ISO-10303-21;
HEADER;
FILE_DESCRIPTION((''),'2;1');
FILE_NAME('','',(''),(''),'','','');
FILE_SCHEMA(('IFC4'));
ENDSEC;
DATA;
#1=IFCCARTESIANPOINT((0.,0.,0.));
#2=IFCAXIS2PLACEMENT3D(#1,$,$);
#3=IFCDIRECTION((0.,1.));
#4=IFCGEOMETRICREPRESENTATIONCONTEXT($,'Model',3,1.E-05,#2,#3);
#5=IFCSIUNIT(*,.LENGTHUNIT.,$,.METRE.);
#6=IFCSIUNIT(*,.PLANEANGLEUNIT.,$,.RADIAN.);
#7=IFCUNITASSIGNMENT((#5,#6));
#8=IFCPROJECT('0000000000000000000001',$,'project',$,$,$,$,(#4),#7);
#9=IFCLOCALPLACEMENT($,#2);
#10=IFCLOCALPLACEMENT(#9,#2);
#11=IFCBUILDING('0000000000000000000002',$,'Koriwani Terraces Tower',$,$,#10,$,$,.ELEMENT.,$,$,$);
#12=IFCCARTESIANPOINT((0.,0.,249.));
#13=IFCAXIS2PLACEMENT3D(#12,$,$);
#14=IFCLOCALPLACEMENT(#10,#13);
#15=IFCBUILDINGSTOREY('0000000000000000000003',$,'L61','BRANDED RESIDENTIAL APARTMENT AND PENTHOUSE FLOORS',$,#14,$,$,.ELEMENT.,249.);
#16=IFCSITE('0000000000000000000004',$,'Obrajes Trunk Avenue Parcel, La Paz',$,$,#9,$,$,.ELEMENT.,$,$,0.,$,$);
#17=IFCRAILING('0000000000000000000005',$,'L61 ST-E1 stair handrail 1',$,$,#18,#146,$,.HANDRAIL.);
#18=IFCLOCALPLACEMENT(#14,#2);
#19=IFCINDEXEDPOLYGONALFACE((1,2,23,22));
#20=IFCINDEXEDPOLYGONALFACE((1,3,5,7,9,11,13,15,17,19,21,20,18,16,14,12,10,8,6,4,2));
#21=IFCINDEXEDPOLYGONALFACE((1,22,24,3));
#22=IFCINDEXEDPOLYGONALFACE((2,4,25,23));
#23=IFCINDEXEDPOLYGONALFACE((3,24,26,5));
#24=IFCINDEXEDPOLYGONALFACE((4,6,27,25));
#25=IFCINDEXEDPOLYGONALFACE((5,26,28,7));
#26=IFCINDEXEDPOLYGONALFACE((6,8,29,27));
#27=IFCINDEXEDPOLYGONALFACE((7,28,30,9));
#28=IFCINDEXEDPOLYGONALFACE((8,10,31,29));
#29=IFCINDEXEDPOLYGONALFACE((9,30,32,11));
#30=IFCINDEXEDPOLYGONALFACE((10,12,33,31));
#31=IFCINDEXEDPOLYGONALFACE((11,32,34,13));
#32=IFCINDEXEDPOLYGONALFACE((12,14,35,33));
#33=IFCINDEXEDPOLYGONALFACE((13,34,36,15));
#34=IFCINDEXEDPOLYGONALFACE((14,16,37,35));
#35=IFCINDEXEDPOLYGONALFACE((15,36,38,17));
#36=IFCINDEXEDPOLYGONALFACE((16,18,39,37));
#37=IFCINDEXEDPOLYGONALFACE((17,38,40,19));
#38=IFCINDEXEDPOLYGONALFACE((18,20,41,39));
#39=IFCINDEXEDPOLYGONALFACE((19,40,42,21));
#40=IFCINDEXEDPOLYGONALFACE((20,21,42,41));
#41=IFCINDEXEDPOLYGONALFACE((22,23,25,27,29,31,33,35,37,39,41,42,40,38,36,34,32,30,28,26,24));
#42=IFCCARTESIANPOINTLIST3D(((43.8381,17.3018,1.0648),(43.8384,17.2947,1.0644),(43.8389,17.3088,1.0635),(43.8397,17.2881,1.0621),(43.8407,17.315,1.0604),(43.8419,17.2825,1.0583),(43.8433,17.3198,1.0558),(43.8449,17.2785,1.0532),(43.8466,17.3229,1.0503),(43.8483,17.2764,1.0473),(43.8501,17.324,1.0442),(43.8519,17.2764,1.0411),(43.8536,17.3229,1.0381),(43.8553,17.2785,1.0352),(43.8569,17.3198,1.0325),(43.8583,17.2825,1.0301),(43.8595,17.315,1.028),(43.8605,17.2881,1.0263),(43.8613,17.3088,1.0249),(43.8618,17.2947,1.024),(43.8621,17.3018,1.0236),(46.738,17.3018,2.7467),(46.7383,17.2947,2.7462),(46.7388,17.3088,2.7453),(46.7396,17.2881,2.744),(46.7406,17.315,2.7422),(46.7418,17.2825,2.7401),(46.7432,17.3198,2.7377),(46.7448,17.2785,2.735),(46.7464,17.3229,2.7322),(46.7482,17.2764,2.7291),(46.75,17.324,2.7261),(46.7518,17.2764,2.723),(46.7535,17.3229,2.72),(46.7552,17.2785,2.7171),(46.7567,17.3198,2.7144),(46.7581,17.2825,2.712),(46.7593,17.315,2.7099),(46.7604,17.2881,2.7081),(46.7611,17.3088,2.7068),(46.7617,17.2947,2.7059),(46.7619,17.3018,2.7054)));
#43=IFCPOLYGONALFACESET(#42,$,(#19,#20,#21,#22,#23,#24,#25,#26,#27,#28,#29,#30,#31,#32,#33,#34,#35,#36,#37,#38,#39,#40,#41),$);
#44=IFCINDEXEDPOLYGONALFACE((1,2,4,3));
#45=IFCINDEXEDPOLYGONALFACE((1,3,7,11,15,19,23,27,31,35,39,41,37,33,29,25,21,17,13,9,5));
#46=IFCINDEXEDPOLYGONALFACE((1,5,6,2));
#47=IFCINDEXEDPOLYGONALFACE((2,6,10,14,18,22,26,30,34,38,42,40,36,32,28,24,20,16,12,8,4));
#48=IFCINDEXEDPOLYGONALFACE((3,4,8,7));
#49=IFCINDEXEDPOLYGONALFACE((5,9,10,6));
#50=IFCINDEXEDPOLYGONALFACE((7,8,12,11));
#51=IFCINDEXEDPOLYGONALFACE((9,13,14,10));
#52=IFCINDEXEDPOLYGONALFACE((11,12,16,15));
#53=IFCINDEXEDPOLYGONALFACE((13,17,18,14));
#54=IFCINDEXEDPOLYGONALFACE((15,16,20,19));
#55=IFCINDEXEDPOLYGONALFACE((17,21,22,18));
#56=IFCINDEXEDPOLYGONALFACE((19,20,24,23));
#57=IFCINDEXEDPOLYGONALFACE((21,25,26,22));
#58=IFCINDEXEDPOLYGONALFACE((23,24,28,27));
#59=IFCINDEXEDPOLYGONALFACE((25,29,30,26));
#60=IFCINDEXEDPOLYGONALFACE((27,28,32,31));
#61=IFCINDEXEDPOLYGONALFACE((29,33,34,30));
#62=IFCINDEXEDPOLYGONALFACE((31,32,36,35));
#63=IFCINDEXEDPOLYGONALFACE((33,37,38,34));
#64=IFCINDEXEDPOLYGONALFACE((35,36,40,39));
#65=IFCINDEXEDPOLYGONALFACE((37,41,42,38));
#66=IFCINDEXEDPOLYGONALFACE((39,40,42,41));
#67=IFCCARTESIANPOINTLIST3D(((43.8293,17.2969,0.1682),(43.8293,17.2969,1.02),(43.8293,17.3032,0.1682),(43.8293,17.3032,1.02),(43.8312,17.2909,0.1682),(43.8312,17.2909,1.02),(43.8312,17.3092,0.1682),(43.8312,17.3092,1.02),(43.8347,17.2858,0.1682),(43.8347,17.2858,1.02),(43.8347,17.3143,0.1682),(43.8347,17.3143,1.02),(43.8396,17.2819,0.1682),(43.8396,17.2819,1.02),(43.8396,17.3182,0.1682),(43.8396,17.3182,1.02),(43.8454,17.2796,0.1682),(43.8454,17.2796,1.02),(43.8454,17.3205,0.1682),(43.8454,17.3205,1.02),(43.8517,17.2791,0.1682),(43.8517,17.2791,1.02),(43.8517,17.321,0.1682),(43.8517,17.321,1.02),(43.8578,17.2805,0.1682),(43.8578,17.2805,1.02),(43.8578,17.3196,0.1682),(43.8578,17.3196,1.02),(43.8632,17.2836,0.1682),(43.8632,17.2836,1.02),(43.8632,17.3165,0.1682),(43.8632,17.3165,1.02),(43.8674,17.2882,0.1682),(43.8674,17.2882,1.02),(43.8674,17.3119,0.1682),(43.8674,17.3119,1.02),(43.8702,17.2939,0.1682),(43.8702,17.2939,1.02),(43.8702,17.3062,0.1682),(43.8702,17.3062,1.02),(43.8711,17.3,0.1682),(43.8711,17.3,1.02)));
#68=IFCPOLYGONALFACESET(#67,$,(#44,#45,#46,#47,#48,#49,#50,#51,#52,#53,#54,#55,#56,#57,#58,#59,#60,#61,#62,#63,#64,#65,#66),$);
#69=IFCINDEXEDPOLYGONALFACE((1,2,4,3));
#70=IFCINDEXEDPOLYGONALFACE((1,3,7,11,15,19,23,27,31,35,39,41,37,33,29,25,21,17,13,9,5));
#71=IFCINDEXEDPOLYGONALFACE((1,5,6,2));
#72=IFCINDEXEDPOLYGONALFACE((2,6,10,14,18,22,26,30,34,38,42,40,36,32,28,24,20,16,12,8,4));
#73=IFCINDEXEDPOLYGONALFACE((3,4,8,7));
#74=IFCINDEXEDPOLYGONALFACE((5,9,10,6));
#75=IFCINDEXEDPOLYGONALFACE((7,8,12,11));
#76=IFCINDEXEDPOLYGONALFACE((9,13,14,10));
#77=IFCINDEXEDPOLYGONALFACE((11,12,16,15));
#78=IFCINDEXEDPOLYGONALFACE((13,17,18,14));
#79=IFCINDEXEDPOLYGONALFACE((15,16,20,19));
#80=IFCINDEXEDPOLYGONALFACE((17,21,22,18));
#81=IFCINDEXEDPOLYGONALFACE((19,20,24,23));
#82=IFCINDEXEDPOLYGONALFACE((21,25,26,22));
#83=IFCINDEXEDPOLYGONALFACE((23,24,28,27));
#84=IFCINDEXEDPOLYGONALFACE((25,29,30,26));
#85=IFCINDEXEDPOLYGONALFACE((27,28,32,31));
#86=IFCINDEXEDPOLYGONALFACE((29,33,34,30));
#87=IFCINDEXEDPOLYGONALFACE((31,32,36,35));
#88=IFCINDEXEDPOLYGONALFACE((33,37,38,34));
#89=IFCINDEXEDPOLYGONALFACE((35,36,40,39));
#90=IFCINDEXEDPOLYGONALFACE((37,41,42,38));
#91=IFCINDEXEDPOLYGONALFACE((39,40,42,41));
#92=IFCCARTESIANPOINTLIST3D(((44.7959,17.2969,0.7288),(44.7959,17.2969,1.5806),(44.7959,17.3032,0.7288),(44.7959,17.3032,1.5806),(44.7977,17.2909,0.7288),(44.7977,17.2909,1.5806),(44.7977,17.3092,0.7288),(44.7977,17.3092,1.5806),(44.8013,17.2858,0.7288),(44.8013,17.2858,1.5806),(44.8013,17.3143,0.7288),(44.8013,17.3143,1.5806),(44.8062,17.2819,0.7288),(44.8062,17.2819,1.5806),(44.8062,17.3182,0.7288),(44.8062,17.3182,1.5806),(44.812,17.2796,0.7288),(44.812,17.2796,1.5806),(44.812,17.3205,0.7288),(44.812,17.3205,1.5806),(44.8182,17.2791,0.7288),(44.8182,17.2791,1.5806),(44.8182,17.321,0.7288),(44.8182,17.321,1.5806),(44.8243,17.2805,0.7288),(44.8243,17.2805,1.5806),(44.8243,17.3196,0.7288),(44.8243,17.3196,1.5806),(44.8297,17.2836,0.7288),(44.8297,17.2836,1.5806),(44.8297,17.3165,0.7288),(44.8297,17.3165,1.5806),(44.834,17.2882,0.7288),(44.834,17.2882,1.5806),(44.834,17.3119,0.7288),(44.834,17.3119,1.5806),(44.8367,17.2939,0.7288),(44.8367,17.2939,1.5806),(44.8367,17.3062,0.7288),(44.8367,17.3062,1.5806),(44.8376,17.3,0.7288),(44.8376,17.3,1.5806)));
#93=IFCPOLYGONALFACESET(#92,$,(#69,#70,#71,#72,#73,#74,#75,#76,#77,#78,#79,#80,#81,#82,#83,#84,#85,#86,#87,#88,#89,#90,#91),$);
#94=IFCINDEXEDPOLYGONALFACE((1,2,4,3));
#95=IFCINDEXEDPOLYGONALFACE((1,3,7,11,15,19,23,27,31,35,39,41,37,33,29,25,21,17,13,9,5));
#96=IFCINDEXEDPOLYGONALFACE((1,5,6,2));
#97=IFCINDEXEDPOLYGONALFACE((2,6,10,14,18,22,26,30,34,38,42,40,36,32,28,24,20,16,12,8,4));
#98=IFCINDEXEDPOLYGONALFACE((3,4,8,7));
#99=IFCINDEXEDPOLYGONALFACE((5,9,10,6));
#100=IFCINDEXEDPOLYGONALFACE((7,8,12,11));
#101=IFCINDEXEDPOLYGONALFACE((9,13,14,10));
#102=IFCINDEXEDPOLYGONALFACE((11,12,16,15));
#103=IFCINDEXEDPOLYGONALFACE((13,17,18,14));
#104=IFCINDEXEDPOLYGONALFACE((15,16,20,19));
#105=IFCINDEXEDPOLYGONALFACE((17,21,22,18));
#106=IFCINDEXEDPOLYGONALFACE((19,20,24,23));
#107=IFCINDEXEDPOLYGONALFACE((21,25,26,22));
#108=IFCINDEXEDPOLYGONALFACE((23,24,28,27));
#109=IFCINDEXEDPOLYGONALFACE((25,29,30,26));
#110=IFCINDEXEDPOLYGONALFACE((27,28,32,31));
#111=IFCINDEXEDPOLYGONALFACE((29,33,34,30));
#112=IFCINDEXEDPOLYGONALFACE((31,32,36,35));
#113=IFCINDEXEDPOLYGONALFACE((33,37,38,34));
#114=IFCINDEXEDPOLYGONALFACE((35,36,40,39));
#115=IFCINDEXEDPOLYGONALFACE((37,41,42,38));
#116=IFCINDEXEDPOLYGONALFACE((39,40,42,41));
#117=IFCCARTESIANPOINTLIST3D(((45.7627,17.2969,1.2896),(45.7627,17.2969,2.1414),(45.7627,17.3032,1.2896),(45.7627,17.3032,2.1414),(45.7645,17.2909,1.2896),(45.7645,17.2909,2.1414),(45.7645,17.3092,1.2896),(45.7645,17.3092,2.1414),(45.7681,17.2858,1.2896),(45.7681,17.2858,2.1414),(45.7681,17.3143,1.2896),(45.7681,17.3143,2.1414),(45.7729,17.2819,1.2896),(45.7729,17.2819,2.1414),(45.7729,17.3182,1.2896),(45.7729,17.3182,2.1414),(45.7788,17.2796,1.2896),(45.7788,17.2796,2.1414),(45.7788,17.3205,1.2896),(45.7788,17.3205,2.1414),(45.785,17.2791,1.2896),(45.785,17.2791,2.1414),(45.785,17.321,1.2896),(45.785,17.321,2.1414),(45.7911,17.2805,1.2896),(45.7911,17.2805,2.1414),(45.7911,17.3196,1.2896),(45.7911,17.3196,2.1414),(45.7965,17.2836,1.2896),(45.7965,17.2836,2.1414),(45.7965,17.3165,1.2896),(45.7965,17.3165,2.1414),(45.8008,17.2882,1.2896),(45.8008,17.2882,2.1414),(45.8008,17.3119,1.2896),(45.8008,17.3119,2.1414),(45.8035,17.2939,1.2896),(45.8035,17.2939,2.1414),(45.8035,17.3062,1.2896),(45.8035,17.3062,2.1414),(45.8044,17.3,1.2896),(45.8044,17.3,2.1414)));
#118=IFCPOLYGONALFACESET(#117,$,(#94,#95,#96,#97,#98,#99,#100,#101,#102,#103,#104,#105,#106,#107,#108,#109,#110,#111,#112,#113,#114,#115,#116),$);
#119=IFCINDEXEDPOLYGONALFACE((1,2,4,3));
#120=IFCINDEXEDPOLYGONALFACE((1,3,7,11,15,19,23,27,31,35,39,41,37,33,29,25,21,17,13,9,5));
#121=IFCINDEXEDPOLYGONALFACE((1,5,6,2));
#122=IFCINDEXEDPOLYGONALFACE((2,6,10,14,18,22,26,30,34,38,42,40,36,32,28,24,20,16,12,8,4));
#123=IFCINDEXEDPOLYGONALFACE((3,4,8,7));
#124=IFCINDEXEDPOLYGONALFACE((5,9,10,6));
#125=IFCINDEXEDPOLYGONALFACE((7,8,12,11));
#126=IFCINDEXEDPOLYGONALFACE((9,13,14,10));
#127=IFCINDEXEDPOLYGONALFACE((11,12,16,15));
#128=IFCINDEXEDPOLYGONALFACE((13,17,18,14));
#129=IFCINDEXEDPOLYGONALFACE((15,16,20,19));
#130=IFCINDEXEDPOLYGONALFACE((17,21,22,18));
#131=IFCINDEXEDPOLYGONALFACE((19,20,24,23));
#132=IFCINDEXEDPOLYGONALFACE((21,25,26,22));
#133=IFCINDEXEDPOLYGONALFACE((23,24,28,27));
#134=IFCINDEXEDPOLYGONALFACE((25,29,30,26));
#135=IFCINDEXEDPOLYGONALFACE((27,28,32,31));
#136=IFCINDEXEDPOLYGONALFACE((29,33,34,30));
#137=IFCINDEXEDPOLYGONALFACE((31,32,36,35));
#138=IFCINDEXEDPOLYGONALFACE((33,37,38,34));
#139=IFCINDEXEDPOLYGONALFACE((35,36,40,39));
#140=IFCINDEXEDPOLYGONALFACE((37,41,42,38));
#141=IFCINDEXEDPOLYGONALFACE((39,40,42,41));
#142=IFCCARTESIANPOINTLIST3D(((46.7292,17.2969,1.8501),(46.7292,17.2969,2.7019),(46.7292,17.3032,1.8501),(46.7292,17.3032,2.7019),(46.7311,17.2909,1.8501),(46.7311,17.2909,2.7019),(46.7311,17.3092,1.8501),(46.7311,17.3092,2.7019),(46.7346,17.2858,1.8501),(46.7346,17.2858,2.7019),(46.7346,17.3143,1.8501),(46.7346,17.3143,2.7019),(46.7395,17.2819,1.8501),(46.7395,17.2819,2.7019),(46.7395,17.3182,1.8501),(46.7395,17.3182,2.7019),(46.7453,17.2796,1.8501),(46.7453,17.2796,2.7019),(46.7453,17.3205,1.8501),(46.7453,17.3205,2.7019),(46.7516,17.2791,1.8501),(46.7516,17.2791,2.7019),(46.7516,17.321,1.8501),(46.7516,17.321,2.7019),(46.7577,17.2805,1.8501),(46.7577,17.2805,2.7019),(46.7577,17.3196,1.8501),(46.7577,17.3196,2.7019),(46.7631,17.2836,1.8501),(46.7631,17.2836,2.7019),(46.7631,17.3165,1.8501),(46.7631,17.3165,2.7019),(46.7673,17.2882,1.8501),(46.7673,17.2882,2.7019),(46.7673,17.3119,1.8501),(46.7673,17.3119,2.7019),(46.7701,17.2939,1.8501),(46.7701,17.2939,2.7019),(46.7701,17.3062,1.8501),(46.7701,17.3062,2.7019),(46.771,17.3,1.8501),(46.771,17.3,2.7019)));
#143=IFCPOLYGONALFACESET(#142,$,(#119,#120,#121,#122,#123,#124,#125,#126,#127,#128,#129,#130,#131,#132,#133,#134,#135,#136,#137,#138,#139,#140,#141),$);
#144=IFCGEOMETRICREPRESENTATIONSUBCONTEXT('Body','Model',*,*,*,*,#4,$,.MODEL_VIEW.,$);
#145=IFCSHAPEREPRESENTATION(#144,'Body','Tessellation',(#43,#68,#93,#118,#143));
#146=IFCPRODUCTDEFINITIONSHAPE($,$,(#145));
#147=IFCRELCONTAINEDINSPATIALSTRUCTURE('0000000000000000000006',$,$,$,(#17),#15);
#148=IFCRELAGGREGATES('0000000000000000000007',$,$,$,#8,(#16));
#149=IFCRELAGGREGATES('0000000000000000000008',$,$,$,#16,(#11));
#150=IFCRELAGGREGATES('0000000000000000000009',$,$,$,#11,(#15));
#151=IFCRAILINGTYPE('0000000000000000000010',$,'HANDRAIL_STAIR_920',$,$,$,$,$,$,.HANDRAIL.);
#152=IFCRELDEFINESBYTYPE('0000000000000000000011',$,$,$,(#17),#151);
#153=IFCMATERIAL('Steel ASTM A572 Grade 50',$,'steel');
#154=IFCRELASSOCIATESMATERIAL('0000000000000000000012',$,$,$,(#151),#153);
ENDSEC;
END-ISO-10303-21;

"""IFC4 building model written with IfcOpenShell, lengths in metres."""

from ifc_helpers import new_model, si_unit, direction, frame, origin, origin_2d, place, context, subcontext, project, spatial, circle, extrude, material, type_object, element, save


model = new_model("IFC4")

# Units and contexts
model_context = context("Model", 3, precision=1e-05, world=origin(), true_north=direction((0.0, 1.0)))
body_context = subcontext(model_context, "Body", "Model", "MODEL_VIEW")
ifc_project = project(units=[si_unit("LENGTHUNIT", "METRE"), si_unit("PLANEANGLEUNIT", "RADIAN")], contexts=[model_context])

# Site, building, storey
site_placement = place(None, origin())
site = spatial("IfcSite", under=ifc_project, at=site_placement, Name="Obrajes Trunk Avenue Parcel, La Paz", CompositionType="ELEMENT", RefElevation=0.0)
building_placement = place(site_placement, origin())
building = spatial("IfcBuilding", under=site, at=building_placement, Name="Koriwani Terraces Tower", CompositionType="ELEMENT")
storey_placement = place(building_placement, frame((0.0, 0.0, 249.0)))
storey = spatial("IfcBuildingStorey", under=building, at=storey_placement, Name="L61", Description="BRANDED RESIDENTIAL APARTMENT AND PENTHOUSE FLOORS", CompositionType="ELEMENT", Elevation=249.0)

# Shared definitions
ifc_material_1 = material(Name="Steel ASTM A572 Grade 50", Category="steel")

# Railing
railing_type_1 = type_object("IfcRailingType", Name="HANDRAIL_STAIR_920", PredefinedType="HANDRAIL", material=ifc_material_1)
railing_1_placement = place(storey_placement, frame((43.8501, 17.3, 0.1682)))
element("IfcRailing", 1, at=railing_1_placement, inside=storey, type_object=railing_type_1, Name="L61 ST-E1 stair handrail 1", PredefinedType="HANDRAIL", context=body_context, shape_type="SweptSolid", body=[
    extrude(circle(Radius=0.0239, at=origin_2d()), frame((0.0, 0.0, 0.876), z_axis=(0.865039, 0.0, 0.501705), x_axis=(0.0, 1.0, 0.0)), (0.0, 0.0, 1.0), 3.3523),
    extrude(circle(Radius=0.021, at=origin_2d()), origin(), (0.0, 0.0, 1.0), 0.8518),
    extrude(circle(Radius=0.021, at=origin_2d()), frame((0.9666, 0.0, 0.5605)), (0.0, 0.0, 1.0), 0.8518),
    extrude(circle(Radius=0.021, at=origin_2d()), frame((1.9333, 0.0, 1.1213)), (0.0, 0.0, 1.0), 0.8518),
    extrude(circle(Radius=0.021, at=origin_2d()), frame((2.8999, 0.0, 1.6819)), (0.0, 0.0, 1.0), 0.8518),
])

save(model, "model.ifc")
